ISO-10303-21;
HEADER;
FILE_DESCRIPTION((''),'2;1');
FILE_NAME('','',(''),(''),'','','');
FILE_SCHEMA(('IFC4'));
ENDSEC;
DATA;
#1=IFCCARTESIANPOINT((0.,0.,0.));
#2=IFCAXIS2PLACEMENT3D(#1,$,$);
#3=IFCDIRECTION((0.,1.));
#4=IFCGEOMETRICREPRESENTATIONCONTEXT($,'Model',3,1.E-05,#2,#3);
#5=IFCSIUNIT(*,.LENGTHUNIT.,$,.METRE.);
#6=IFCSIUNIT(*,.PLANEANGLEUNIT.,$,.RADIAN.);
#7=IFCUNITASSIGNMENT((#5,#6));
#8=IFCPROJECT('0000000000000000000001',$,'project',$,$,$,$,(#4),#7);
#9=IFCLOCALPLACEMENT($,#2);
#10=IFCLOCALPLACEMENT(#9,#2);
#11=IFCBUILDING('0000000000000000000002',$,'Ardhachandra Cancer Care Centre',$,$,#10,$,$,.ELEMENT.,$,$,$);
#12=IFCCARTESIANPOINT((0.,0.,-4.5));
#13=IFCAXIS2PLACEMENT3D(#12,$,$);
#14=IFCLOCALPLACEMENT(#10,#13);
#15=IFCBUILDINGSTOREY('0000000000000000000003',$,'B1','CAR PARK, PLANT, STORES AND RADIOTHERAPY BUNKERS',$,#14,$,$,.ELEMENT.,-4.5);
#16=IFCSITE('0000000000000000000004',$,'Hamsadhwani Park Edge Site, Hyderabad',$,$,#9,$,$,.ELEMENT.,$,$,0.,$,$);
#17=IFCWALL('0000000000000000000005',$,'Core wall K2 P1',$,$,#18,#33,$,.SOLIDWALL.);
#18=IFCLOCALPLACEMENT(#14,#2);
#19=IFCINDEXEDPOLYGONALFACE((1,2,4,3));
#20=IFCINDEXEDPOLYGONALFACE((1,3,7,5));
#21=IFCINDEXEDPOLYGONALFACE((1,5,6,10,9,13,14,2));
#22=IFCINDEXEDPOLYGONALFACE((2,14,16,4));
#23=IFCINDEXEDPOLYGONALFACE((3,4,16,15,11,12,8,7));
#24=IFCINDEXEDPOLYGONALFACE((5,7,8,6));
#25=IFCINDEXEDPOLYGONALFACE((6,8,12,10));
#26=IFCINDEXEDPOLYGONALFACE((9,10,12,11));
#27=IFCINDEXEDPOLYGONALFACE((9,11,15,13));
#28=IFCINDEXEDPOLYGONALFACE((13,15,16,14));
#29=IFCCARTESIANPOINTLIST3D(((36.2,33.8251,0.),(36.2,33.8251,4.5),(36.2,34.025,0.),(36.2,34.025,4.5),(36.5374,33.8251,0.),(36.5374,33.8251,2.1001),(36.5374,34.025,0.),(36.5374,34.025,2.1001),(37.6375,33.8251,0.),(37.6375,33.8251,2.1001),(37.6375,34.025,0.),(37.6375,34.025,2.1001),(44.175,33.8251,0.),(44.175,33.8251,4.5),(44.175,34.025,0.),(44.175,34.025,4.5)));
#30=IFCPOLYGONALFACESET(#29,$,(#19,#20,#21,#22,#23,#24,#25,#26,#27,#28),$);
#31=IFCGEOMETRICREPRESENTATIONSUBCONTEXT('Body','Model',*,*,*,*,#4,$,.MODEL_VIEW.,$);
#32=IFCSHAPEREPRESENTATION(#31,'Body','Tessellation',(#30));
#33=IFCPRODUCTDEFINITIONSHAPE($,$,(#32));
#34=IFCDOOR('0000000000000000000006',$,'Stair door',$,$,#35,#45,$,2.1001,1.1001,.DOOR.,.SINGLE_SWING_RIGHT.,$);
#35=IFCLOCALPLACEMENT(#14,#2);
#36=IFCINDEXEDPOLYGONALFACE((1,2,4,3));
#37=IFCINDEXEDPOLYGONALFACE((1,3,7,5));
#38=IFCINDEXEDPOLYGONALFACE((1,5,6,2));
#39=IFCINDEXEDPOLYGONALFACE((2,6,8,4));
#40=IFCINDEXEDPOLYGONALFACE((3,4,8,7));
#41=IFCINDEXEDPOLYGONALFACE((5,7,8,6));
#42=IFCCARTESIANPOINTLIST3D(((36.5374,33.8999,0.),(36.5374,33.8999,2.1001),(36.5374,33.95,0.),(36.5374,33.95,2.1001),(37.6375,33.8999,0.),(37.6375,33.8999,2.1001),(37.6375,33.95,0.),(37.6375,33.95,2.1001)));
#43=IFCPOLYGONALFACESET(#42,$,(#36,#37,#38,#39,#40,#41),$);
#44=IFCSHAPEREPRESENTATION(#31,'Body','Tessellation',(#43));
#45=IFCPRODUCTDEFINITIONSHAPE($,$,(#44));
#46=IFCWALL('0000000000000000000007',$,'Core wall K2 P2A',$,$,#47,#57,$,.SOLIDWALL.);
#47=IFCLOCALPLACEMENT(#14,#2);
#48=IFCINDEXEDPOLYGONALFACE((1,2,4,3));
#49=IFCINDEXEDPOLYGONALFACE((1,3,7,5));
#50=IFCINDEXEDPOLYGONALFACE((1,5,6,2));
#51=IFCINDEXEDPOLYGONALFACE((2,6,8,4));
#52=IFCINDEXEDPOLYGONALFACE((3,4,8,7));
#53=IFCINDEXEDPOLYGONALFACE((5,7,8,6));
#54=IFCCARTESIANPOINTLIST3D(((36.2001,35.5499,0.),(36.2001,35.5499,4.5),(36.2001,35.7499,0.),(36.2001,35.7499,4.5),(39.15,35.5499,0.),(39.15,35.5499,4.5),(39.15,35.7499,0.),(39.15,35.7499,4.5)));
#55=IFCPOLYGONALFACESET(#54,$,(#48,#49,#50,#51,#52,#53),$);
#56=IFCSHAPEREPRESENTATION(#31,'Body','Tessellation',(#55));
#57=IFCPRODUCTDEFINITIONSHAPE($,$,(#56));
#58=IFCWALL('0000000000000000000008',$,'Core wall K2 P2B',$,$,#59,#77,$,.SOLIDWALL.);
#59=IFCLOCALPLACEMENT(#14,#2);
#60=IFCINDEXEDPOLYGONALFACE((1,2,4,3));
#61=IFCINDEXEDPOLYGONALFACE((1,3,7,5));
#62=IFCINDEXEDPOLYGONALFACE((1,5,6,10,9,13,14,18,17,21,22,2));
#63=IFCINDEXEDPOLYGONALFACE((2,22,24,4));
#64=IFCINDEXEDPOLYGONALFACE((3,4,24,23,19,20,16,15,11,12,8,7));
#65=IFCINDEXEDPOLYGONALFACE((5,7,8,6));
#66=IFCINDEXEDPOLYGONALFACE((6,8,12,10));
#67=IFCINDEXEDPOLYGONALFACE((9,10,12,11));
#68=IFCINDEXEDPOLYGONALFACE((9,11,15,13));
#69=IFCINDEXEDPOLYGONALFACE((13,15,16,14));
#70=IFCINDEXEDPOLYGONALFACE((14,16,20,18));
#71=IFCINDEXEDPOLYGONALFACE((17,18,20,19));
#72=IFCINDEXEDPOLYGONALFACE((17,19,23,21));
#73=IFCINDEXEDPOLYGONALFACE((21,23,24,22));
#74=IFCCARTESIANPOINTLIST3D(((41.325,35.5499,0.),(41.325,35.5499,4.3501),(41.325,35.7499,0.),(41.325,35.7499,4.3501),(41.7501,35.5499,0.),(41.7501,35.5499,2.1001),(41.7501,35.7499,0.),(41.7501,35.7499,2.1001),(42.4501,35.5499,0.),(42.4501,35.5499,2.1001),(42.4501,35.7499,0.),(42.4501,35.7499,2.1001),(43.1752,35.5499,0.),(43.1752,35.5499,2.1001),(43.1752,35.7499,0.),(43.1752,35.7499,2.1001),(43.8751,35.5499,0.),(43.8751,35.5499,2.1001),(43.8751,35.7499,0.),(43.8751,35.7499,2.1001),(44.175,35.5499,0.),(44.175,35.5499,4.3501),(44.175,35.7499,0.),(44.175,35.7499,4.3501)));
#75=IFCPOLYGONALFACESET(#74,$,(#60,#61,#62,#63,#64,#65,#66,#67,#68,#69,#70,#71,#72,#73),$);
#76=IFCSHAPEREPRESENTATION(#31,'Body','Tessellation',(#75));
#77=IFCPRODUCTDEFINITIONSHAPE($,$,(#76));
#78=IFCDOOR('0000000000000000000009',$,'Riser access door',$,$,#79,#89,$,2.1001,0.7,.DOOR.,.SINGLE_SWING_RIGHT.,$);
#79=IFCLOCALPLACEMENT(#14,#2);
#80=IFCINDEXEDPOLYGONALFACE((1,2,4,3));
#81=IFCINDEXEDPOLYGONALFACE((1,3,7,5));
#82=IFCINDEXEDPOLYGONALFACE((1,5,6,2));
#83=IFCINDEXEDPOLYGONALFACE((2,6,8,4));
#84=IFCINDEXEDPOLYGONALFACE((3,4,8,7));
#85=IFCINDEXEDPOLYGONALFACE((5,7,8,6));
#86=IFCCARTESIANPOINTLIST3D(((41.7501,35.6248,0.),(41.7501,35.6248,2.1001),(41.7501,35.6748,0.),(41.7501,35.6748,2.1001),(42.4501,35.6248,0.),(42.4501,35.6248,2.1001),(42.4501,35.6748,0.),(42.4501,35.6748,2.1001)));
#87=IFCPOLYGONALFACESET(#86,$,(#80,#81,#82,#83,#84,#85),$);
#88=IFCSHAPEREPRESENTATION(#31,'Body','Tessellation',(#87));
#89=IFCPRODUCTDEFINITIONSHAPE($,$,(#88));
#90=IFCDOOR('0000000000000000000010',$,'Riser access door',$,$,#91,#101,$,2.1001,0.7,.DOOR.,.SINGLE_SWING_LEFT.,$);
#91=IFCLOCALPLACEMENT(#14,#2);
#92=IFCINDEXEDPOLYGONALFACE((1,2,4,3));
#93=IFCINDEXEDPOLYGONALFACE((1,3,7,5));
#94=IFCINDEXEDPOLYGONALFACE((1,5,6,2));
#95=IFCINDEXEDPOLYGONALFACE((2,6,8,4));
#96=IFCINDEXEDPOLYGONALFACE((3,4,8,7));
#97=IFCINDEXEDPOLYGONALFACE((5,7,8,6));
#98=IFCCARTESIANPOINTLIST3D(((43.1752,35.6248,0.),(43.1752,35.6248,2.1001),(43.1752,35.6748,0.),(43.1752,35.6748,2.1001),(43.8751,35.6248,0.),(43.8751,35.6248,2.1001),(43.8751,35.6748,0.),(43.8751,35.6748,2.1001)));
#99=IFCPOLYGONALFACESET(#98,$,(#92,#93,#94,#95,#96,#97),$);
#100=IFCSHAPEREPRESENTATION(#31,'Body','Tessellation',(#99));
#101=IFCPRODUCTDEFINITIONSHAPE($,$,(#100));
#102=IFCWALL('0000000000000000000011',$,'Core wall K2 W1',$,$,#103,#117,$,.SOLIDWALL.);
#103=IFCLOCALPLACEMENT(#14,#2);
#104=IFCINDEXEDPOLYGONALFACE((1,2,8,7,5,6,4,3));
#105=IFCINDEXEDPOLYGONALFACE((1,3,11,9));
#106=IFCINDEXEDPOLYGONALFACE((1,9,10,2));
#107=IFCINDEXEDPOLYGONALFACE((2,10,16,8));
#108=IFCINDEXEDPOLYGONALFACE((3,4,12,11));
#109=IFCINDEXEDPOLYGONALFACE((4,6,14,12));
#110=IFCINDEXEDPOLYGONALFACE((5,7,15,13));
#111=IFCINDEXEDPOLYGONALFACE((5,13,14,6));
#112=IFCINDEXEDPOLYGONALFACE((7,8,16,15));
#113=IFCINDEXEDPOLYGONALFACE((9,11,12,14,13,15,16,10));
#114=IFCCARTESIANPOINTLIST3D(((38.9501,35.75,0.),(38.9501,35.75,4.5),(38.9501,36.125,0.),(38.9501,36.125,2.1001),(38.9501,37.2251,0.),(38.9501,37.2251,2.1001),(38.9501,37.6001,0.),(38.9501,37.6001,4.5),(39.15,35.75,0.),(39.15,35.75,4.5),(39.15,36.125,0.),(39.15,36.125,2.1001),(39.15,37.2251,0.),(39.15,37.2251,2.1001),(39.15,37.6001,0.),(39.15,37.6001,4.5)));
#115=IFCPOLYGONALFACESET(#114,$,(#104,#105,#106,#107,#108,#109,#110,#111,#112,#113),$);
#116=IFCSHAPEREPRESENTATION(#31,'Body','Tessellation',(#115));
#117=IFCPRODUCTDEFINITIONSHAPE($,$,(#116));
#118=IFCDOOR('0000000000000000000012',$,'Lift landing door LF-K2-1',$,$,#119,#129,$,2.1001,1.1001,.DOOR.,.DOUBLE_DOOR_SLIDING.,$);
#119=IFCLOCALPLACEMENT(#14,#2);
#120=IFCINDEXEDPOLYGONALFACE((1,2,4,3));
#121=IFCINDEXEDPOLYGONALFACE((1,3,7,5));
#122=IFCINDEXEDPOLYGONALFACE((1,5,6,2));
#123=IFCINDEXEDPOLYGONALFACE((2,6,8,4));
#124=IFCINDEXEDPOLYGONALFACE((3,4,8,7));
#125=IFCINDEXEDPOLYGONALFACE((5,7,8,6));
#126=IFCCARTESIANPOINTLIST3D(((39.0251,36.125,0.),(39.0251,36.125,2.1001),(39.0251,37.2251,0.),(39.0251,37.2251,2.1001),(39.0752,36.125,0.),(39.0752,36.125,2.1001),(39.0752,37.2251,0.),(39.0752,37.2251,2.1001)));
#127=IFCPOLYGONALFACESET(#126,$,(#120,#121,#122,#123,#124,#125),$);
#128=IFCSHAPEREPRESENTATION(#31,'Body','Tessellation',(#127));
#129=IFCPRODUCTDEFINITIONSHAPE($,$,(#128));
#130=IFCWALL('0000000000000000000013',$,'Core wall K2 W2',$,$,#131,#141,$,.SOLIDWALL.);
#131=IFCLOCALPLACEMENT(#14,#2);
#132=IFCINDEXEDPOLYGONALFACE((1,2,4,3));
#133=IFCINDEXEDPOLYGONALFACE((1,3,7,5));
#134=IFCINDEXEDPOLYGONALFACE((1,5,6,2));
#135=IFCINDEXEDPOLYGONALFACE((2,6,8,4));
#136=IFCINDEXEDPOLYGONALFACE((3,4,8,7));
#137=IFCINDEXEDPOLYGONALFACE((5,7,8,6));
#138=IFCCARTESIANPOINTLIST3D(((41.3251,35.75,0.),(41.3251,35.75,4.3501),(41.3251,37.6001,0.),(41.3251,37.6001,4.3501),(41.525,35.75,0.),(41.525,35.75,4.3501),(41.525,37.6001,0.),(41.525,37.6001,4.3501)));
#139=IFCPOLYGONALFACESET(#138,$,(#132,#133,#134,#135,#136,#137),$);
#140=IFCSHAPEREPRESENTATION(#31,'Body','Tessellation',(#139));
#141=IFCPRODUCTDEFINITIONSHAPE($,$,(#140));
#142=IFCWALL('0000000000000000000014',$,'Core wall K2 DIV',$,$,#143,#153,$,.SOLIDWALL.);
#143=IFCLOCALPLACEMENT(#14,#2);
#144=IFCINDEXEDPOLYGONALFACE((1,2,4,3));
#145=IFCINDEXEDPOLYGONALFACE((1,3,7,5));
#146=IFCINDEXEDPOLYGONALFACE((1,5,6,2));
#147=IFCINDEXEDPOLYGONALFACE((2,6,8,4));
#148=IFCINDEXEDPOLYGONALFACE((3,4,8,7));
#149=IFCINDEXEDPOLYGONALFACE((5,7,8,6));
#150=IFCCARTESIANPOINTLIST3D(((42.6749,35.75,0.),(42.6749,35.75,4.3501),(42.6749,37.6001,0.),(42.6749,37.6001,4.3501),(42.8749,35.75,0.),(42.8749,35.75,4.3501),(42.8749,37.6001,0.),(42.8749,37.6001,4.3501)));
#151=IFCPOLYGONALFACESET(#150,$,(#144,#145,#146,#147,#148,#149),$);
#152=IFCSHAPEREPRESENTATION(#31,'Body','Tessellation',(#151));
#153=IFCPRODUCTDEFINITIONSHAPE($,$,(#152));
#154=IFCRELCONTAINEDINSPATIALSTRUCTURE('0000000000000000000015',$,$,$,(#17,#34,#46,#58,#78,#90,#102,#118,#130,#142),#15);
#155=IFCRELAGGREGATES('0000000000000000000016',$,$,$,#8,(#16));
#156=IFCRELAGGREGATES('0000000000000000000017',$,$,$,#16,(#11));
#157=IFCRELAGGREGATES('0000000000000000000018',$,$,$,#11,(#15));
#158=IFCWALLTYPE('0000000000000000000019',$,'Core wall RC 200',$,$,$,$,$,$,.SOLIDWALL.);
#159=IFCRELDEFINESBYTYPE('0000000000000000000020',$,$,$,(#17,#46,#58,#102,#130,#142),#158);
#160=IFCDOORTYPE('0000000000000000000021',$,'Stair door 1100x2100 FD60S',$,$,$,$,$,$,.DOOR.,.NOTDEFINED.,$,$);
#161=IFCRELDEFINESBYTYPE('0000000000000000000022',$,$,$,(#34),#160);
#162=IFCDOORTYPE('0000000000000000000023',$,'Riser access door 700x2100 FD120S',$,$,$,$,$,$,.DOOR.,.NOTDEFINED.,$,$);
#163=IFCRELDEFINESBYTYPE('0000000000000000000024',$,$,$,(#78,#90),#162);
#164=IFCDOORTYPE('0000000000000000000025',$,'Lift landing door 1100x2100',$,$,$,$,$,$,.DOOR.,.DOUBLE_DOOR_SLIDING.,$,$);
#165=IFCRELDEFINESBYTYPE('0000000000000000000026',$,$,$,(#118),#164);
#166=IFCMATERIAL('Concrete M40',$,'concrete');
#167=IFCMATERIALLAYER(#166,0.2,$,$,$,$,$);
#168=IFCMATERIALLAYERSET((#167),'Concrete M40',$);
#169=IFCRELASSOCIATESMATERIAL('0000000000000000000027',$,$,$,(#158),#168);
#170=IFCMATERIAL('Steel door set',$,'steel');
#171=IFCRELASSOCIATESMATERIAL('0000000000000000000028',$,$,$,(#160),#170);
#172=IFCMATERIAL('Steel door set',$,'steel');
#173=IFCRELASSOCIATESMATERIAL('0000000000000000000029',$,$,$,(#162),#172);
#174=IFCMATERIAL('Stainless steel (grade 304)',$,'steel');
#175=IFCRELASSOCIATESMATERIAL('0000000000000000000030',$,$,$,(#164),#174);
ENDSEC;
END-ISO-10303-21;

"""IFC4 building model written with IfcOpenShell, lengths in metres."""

from ifc_helpers import new_model, si_unit, direction, frame, frame_2d, origin, place, context, subcontext, project, spatial, rectangle, extrude, material, layer, layer_set, type_object, element, fill, save


model = new_model("IFC4")

# Units and contexts
model_context = context("Model", 3, precision=1e-05, world=origin(), true_north=direction((0.0, 1.0)))
body_context = subcontext(model_context, "Body", "Model", "MODEL_VIEW")
ifc_project = project(units=[si_unit("LENGTHUNIT", "METRE"), si_unit("PLANEANGLEUNIT", "RADIAN")], contexts=[model_context])

# Site, building, storey
site_placement = place(None, origin())
site = spatial("IfcSite", under=ifc_project, at=site_placement, Name="Hamsadhwani Park Edge Site, Hyderabad", CompositionType="ELEMENT", RefElevation=0.0)
building_placement = place(site_placement, origin())
building = spatial("IfcBuilding", under=site, at=building_placement, Name="Ardhachandra Cancer Care Centre", CompositionType="ELEMENT")
storey_placement = place(building_placement, frame((0.0, 0.0, -4.5)))
storey = spatial("IfcBuildingStorey", under=building, at=storey_placement, Name="B1", Description="CAR PARK, PLANT, STORES AND RADIOTHERAPY BUNKERS", CompositionType="ELEMENT", Elevation=-4.5)

# Shared definitions
ifc_material_1 = material(Name="Concrete M40", Category="concrete")
ifc_layer = layer(ifc_material_1, 0.2)
ifc_layer_set = layer_set([ifc_layer], Name="Concrete M40")
wall_type = type_object("IfcWallType", Name="Core wall RC 200", PredefinedType="SOLIDWALL", material=ifc_layer_set)

# Wall, opening, door
wall_1_placement = place(storey_placement, frame((36.2, 33.925, 0.0), z_axis=(0.0, 0.0, 1.0), x_axis=(1.0, 0.0, 0.0)))
wall_1 = element("IfcWall", 1, at=wall_1_placement, inside=storey, type_object=wall_type, Name="Core wall K2 P1", PredefinedType="SOLIDWALL", context=body_context, shape_type="SweptSolid", body=[
    extrude(rectangle(XDim=7.9751, YDim=0.2, at=frame_2d((3.9875, 0.0))), origin(), (0.0, 0.0, 1.0), 4.5),
])
opening_1_placement = place(wall_1_placement, frame((0.3374, 0.0, 0.0)))
opening_1 = element("IfcOpeningElement", 2, at=opening_1_placement, cuts=wall_1, PredefinedType="OPENING", context=body_context, shape_type="SweptSolid", body=[
    extrude(rectangle(XDim=1.1001, YDim=2.1001, at=frame_2d((0.55, 1.05))), frame((0.0, 0.1099, 0.0), z_axis=(0.0, -1.0, 0.0), x_axis=(1.0, 0.0, 0.0)), (0.0, 0.0, 1.0), 0.22),
])
ifc_material_2 = material(Name="Steel door set", Category="steel")
door_type_1 = type_object("IfcDoorType", Name="Stair door 1100x2100 FD60S", OperationType="NOTDEFINED", PredefinedType="DOOR", material=ifc_material_2)
door_1_placement = place(opening_1_placement, origin())
door_1 = element("IfcDoor", 3, at=door_1_placement, inside=storey, type_object=door_type_1, Name="Stair door", OperationType="SINGLE_SWING_RIGHT", OverallHeight=2.1001, OverallWidth=1.1001, PredefinedType="DOOR", context=body_context, shape_type="SweptSolid", body=[
    extrude(rectangle(XDim=1.1001, YDim=2.1001, at=frame_2d((0.55, 1.05))), frame((0.0, 0.0249, 0.0), z_axis=(0.0, -1.0, 0.0), x_axis=(1.0, 0.0, 0.0)), (0.0, 0.0, 1.0), 0.05),
])
fill(opening_1, door_1)

# Wall
wall_2_placement = place(storey_placement, frame((36.2, 35.6499, 0.0), z_axis=(0.0, 0.0, 1.0), x_axis=(1.0, 0.0, 0.0)))
element("IfcWall", 4, at=wall_2_placement, inside=storey, type_object=wall_type, Name="Core wall K2 P2A", PredefinedType="SOLIDWALL", context=body_context, shape_type="SweptSolid", body=[
    extrude(rectangle(XDim=2.95, YDim=0.2, at=frame_2d((1.4751, 0.0))), origin(), (0.0, 0.0, 1.0), 4.5),
])

# Wall, openings, doors
wall_3_placement = place(storey_placement, frame((41.325, 35.6499, 0.0), z_axis=(0.0, 0.0, 1.0), x_axis=(1.0, 0.0, 0.0)))
wall_3 = element("IfcWall", 5, at=wall_3_placement, inside=storey, type_object=wall_type, Name="Core wall K2 P2B", PredefinedType="SOLIDWALL", context=body_context, shape_type="SweptSolid", body=[
    extrude(rectangle(XDim=2.8501, YDim=0.2, at=frame_2d((1.425, 0.0))), origin(), (0.0, 0.0, 1.0), 4.3501),
])
opening_2_placement = place(wall_3_placement, frame((0.425, 0.0, 0.0)))
opening_2 = element("IfcOpeningElement", 6, at=opening_2_placement, cuts=wall_3, PredefinedType="OPENING", context=body_context, shape_type="SweptSolid", body=[
    extrude(rectangle(XDim=0.7, YDim=2.1001, at=frame_2d((0.3501, 1.05))), frame((0.0, 0.1099, 0.0), z_axis=(0.0, -1.0, 0.0), x_axis=(1.0, 0.0, 0.0)), (0.0, 0.0, 1.0), 0.22),
])
opening_3_placement = place(wall_3_placement, frame((1.8501, 0.0, 0.0)))
opening_3 = element("IfcOpeningElement", 7, at=opening_3_placement, cuts=wall_3, PredefinedType="OPENING", context=body_context, shape_type="SweptSolid", body=[
    extrude(rectangle(XDim=0.7, YDim=2.1001, at=frame_2d((0.3501, 1.05))), frame((0.0, 0.1099, 0.0), z_axis=(0.0, -1.0, 0.0), x_axis=(1.0, 0.0, 0.0)), (0.0, 0.0, 1.0), 0.22),
])
ifc_material_3 = material(Name="Steel door set", Category="steel")
door_type_2 = type_object("IfcDoorType", Name="Riser access door 700x2100 FD120S", OperationType="NOTDEFINED", PredefinedType="DOOR", material=ifc_material_3)
door_2_placement = place(opening_2_placement, origin())
door_2 = element("IfcDoor", 8, at=door_2_placement, inside=storey, type_object=door_type_2, Name="Riser access door", OperationType="SINGLE_SWING_RIGHT", OverallHeight=2.1001, OverallWidth=0.7, PredefinedType="DOOR", context=body_context, shape_type="SweptSolid", body=[
    extrude(rectangle(XDim=0.7, YDim=2.1001, at=frame_2d((0.3501, 1.05))), frame((0.0, 0.0249, 0.0), z_axis=(0.0, -1.0, 0.0), x_axis=(1.0, 0.0, 0.0)), (0.0, 0.0, 1.0), 0.05),
])
fill(opening_2, door_2)
door_3_placement = place(opening_3_placement, origin())
door_3 = element("IfcDoor", 9, at=door_3_placement, inside=storey, type_object=door_type_2, Name="Riser access door", OperationType="SINGLE_SWING_LEFT", OverallHeight=2.1001, OverallWidth=0.7, PredefinedType="DOOR", context=body_context, shape_type="SweptSolid", body=[
    extrude(rectangle(XDim=0.7, YDim=2.1001, at=frame_2d((0.3501, 1.05))), frame((0.0, 0.0249, 0.0), z_axis=(0.0, -1.0, 0.0), x_axis=(1.0, 0.0, 0.0)), (0.0, 0.0, 1.0), 0.05),
])
fill(opening_3, door_3)

# Wall, opening, door
wall_4_placement = place(storey_placement, frame((39.05, 35.75, 0.0), z_axis=(0.0, 0.0, 1.0), x_axis=(0.0, 1.0, 0.0)))
wall_4 = element("IfcWall", 10, at=wall_4_placement, inside=storey, type_object=wall_type, Name="Core wall K2 W1", PredefinedType="SOLIDWALL", context=body_context, shape_type="SweptSolid", body=[
    extrude(rectangle(XDim=1.8501, YDim=0.2, at=frame_2d((0.925, 0.0))), origin(), (0.0, 0.0, 1.0), 4.5),
])
opening_4_placement = place(wall_4_placement, frame((0.375, 0.0, 0.0)))
opening_4 = element("IfcOpeningElement", 11, at=opening_4_placement, cuts=wall_4, PredefinedType="OPENING", context=body_context, shape_type="SweptSolid", body=[
    extrude(rectangle(XDim=1.1001, YDim=2.1001, at=frame_2d((0.55, 1.05))), frame((0.0, 0.1099, 0.0), z_axis=(0.0, -1.0, 0.0), x_axis=(1.0, 0.0, 0.0)), (0.0, 0.0, 1.0), 0.22),
])
ifc_material_4 = material(Name="Stainless steel (grade 304)", Category="steel")
door_type_3 = type_object("IfcDoorType", Name="Lift landing door 1100x2100", OperationType="DOUBLE_DOOR_SLIDING", PredefinedType="DOOR", material=ifc_material_4)
door_4_placement = place(opening_4_placement, origin())
door_4 = element("IfcDoor", 12, at=door_4_placement, inside=storey, type_object=door_type_3, Name="Lift landing door LF-K2-1", OperationType="DOUBLE_DOOR_SLIDING", OverallHeight=2.1001, OverallWidth=1.1001, PredefinedType="DOOR", context=body_context, shape_type="SweptSolid", body=[
    extrude(rectangle(XDim=1.1001, YDim=2.1001, at=frame_2d((0.55, 1.05))), frame((0.0, 0.0249, 0.0), z_axis=(0.0, -1.0, 0.0), x_axis=(1.0, 0.0, 0.0)), (0.0, 0.0, 1.0), 0.05),
])
fill(opening_4, door_4)

# Walls
for number, where, z_axis, x_axis, name in (
    (13, (41.425, 35.75, 0.0), (0.0, 0.0, 1.0), (0.0, 1.0, 0.0), "Core wall K2 W2"),
    (14, (42.7749, 35.75, 0.0), (0.0, 0.0, 1.0), (0.0, 1.0, 0.0), "Core wall K2 DIV"),
):
    element("IfcWall", number, at=place(storey_placement, frame(where, z_axis=z_axis, x_axis=x_axis)), inside=storey, type_object=wall_type, Name=name, PredefinedType="SOLIDWALL", context=body_context, shape_type="SweptSolid", body=[
        extrude(rectangle(XDim=1.8501, YDim=0.2, at=frame_2d((0.925, 0.0))), origin(), (0.0, 0.0, 1.0), 4.3501),
    ])

save(model, "model.ifc")
